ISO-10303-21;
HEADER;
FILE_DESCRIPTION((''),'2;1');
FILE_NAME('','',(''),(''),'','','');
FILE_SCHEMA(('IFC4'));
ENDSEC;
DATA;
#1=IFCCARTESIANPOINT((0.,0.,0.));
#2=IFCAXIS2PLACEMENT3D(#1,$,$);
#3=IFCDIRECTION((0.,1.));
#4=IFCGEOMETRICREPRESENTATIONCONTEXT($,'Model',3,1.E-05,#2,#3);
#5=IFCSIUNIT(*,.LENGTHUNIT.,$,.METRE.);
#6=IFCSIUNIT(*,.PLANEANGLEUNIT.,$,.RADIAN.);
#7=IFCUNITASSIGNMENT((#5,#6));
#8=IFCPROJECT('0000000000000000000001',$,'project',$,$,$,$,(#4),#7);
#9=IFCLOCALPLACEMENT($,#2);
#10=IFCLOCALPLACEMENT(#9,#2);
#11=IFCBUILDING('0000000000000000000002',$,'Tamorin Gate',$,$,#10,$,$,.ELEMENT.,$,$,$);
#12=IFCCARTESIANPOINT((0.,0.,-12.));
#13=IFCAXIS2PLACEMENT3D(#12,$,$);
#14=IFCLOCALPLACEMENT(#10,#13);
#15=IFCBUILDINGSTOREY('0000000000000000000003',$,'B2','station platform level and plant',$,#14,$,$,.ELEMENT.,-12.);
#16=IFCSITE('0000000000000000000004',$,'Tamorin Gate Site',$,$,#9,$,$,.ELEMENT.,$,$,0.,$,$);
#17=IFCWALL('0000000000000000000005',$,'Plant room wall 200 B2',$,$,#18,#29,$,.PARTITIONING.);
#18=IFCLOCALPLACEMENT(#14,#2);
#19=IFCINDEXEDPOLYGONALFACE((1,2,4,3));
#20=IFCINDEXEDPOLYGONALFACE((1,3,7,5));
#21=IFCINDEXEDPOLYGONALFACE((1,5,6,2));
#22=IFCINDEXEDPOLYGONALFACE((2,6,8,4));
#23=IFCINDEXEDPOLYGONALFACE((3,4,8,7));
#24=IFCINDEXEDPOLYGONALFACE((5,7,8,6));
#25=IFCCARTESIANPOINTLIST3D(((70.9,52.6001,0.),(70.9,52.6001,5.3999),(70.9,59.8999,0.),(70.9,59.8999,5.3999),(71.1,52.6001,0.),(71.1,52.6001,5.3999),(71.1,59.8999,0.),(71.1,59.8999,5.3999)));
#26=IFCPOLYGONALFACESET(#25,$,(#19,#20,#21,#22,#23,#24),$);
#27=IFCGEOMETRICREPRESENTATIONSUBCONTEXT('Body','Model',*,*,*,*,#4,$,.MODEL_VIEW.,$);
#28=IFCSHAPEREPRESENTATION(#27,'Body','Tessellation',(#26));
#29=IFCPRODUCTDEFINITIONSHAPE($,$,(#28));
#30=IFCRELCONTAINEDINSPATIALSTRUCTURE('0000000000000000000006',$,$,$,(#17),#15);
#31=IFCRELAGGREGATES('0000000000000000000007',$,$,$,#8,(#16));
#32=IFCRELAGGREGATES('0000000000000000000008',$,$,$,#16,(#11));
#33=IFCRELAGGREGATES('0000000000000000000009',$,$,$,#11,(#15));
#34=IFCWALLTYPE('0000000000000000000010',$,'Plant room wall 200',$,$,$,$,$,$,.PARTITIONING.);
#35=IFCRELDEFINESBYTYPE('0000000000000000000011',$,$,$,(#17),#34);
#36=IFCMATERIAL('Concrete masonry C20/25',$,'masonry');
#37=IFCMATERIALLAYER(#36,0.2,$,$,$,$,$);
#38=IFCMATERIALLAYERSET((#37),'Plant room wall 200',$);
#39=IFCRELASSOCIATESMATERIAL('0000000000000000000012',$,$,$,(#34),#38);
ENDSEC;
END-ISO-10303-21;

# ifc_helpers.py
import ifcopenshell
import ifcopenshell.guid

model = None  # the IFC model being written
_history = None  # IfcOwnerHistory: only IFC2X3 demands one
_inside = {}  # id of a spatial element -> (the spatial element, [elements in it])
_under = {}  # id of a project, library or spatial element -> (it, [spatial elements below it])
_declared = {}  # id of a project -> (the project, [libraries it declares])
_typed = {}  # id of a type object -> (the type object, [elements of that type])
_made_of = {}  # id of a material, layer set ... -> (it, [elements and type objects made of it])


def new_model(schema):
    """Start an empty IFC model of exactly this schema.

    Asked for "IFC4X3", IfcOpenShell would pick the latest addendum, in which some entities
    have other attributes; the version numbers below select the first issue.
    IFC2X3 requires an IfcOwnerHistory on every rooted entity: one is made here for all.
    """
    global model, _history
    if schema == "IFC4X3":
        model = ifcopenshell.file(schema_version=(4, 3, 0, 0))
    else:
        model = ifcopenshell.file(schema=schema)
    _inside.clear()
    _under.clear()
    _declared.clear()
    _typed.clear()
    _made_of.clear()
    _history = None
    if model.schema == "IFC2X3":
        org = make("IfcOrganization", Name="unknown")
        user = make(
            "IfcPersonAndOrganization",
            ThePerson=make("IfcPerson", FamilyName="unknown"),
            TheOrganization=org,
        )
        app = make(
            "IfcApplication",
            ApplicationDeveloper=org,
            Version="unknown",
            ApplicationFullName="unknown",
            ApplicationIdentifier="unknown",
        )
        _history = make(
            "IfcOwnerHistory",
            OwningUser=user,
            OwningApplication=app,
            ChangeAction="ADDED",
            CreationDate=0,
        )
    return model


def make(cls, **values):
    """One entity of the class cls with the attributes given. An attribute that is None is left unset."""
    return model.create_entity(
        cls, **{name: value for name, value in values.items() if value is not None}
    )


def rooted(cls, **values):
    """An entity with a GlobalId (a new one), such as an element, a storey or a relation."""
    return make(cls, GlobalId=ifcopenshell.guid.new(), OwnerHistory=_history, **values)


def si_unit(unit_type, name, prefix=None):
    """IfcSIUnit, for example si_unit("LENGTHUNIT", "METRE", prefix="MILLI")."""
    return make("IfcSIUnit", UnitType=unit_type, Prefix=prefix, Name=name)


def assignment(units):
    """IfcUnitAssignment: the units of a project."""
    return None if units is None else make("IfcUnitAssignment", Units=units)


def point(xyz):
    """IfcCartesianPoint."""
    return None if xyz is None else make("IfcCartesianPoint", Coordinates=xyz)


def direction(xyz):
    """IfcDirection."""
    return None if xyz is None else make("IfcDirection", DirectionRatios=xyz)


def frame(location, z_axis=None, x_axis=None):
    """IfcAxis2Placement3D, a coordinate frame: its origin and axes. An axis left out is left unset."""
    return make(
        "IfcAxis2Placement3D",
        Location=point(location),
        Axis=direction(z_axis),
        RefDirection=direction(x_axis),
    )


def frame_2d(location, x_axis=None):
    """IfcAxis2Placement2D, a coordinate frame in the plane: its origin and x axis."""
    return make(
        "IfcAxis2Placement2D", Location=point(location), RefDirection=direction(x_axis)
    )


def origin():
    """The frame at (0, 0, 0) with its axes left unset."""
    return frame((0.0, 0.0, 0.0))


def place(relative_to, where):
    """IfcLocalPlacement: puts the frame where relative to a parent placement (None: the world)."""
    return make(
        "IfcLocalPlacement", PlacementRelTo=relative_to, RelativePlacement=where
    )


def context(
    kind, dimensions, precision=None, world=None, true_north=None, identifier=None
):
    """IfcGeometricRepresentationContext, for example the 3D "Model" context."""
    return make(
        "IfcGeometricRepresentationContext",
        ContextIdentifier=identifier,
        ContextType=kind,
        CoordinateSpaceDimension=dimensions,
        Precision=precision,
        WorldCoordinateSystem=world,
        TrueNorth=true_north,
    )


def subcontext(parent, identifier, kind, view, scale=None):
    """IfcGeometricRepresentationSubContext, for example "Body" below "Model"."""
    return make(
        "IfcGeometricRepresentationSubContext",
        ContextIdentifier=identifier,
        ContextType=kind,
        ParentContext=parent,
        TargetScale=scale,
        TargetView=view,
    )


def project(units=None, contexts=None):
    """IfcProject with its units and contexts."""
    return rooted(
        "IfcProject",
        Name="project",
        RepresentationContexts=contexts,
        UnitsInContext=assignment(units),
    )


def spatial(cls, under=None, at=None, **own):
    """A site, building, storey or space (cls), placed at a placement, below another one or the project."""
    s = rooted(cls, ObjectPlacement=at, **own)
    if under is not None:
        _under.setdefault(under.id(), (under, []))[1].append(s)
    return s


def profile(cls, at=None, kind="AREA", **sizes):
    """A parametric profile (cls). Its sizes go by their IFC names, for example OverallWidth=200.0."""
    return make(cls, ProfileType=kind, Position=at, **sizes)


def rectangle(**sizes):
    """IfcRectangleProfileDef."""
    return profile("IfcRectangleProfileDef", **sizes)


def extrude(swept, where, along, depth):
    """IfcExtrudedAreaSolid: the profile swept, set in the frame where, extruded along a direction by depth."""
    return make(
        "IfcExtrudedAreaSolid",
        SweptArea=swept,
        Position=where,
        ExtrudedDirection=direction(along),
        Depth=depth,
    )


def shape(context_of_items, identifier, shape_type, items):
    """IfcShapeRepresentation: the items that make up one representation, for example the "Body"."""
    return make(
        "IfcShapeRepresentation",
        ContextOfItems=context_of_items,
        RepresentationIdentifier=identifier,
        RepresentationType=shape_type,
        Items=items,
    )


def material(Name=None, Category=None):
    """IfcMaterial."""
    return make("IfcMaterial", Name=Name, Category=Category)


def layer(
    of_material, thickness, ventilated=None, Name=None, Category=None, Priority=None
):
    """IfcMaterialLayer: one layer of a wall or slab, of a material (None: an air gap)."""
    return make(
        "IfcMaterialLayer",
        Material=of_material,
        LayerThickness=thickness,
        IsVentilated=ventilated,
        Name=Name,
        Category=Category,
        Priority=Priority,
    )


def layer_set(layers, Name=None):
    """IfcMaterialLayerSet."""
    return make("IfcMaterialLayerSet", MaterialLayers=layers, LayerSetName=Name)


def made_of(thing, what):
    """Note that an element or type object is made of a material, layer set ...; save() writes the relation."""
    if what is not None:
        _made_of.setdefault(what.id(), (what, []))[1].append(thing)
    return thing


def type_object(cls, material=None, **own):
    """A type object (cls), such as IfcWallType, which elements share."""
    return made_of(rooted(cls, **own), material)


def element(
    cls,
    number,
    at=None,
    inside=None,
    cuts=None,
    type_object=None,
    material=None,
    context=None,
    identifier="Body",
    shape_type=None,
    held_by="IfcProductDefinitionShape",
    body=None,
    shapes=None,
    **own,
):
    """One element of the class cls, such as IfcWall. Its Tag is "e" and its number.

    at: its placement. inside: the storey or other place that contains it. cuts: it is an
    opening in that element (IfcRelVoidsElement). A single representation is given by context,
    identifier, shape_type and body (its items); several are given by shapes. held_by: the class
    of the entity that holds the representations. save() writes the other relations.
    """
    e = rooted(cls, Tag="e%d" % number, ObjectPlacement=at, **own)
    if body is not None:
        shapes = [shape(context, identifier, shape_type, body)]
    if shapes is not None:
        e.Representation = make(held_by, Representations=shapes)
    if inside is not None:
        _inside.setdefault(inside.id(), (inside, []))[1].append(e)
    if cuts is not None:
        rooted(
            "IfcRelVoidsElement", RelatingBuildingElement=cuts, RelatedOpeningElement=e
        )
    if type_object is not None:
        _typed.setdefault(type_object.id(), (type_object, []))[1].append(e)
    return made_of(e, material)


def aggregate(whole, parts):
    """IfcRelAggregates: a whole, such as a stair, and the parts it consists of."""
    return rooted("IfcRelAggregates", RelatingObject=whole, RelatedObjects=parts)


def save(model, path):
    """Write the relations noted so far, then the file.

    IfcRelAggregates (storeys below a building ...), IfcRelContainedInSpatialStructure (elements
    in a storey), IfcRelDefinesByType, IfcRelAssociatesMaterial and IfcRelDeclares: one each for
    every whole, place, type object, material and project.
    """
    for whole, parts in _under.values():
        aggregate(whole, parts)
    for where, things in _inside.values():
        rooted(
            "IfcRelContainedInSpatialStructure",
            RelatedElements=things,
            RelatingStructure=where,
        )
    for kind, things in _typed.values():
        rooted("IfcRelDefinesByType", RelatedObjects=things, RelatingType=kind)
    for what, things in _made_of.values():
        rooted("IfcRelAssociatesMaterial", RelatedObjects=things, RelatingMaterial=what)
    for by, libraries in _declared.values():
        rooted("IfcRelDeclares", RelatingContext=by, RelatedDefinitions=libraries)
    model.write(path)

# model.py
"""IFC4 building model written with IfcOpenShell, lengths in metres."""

from ifc_helpers import new_model, si_unit, direction, frame, frame_2d, origin, place, context, subcontext, project, spatial, rectangle, extrude, material, layer, layer_set, type_object, element, save


model = new_model("IFC4")

# Units and contexts
model_context = context("Model", 3, precision=1e-05, world=origin(), true_north=direction((0.0, 1.0)))
body_context = subcontext(model_context, "Body", "Model", "MODEL_VIEW")
ifc_project = project(units=[si_unit("LENGTHUNIT", "METRE"), si_unit("PLANEANGLEUNIT", "RADIAN")], contexts=[model_context])

# Site, building, storey
site_placement = place(None, origin())
site = spatial("IfcSite", under=ifc_project, at=site_placement, Name="Tamorin Gate Site", CompositionType="ELEMENT", RefElevation=0.0)
building_placement = place(site_placement, origin())
building = spatial("IfcBuilding", under=site, at=building_placement, Name="Tamorin Gate", CompositionType="ELEMENT")
storey_placement = place(building_placement, frame((0.0, 0.0, -12.0)))
storey = spatial("IfcBuildingStorey", under=building, at=storey_placement, Name="B2", Description="station platform level and plant", CompositionType="ELEMENT", Elevation=-12.0)

# Wall
ifc_material_1 = material(Name="Concrete masonry C20/25", Category="masonry")
ifc_layer = layer(ifc_material_1, 0.2)
ifc_layer_set = layer_set([ifc_layer], Name="Plant room wall 200")
wall_type = type_object("IfcWallType", Name="Plant room wall 200", PredefinedType="PARTITIONING", material=ifc_layer_set)
wall_1_placement = place(storey_placement, frame((71.0, 52.6001, 0.0), z_axis=(0.0, 0.0, 1.0), x_axis=(0.0, 1.0, 0.0)))
element("IfcWall", 1, at=wall_1_placement, inside=storey, type_object=wall_type, Name="Plant room wall 200 B2", PredefinedType="PARTITIONING", context=body_context, shape_type="SweptSolid", body=[
    extrude(rectangle(XDim=7.2998, YDim=0.2, at=frame_2d((3.6499, 0.0))), origin(), (0.0, 0.0, 1.0), 5.3999),
])

save(model, "model.ifc")
